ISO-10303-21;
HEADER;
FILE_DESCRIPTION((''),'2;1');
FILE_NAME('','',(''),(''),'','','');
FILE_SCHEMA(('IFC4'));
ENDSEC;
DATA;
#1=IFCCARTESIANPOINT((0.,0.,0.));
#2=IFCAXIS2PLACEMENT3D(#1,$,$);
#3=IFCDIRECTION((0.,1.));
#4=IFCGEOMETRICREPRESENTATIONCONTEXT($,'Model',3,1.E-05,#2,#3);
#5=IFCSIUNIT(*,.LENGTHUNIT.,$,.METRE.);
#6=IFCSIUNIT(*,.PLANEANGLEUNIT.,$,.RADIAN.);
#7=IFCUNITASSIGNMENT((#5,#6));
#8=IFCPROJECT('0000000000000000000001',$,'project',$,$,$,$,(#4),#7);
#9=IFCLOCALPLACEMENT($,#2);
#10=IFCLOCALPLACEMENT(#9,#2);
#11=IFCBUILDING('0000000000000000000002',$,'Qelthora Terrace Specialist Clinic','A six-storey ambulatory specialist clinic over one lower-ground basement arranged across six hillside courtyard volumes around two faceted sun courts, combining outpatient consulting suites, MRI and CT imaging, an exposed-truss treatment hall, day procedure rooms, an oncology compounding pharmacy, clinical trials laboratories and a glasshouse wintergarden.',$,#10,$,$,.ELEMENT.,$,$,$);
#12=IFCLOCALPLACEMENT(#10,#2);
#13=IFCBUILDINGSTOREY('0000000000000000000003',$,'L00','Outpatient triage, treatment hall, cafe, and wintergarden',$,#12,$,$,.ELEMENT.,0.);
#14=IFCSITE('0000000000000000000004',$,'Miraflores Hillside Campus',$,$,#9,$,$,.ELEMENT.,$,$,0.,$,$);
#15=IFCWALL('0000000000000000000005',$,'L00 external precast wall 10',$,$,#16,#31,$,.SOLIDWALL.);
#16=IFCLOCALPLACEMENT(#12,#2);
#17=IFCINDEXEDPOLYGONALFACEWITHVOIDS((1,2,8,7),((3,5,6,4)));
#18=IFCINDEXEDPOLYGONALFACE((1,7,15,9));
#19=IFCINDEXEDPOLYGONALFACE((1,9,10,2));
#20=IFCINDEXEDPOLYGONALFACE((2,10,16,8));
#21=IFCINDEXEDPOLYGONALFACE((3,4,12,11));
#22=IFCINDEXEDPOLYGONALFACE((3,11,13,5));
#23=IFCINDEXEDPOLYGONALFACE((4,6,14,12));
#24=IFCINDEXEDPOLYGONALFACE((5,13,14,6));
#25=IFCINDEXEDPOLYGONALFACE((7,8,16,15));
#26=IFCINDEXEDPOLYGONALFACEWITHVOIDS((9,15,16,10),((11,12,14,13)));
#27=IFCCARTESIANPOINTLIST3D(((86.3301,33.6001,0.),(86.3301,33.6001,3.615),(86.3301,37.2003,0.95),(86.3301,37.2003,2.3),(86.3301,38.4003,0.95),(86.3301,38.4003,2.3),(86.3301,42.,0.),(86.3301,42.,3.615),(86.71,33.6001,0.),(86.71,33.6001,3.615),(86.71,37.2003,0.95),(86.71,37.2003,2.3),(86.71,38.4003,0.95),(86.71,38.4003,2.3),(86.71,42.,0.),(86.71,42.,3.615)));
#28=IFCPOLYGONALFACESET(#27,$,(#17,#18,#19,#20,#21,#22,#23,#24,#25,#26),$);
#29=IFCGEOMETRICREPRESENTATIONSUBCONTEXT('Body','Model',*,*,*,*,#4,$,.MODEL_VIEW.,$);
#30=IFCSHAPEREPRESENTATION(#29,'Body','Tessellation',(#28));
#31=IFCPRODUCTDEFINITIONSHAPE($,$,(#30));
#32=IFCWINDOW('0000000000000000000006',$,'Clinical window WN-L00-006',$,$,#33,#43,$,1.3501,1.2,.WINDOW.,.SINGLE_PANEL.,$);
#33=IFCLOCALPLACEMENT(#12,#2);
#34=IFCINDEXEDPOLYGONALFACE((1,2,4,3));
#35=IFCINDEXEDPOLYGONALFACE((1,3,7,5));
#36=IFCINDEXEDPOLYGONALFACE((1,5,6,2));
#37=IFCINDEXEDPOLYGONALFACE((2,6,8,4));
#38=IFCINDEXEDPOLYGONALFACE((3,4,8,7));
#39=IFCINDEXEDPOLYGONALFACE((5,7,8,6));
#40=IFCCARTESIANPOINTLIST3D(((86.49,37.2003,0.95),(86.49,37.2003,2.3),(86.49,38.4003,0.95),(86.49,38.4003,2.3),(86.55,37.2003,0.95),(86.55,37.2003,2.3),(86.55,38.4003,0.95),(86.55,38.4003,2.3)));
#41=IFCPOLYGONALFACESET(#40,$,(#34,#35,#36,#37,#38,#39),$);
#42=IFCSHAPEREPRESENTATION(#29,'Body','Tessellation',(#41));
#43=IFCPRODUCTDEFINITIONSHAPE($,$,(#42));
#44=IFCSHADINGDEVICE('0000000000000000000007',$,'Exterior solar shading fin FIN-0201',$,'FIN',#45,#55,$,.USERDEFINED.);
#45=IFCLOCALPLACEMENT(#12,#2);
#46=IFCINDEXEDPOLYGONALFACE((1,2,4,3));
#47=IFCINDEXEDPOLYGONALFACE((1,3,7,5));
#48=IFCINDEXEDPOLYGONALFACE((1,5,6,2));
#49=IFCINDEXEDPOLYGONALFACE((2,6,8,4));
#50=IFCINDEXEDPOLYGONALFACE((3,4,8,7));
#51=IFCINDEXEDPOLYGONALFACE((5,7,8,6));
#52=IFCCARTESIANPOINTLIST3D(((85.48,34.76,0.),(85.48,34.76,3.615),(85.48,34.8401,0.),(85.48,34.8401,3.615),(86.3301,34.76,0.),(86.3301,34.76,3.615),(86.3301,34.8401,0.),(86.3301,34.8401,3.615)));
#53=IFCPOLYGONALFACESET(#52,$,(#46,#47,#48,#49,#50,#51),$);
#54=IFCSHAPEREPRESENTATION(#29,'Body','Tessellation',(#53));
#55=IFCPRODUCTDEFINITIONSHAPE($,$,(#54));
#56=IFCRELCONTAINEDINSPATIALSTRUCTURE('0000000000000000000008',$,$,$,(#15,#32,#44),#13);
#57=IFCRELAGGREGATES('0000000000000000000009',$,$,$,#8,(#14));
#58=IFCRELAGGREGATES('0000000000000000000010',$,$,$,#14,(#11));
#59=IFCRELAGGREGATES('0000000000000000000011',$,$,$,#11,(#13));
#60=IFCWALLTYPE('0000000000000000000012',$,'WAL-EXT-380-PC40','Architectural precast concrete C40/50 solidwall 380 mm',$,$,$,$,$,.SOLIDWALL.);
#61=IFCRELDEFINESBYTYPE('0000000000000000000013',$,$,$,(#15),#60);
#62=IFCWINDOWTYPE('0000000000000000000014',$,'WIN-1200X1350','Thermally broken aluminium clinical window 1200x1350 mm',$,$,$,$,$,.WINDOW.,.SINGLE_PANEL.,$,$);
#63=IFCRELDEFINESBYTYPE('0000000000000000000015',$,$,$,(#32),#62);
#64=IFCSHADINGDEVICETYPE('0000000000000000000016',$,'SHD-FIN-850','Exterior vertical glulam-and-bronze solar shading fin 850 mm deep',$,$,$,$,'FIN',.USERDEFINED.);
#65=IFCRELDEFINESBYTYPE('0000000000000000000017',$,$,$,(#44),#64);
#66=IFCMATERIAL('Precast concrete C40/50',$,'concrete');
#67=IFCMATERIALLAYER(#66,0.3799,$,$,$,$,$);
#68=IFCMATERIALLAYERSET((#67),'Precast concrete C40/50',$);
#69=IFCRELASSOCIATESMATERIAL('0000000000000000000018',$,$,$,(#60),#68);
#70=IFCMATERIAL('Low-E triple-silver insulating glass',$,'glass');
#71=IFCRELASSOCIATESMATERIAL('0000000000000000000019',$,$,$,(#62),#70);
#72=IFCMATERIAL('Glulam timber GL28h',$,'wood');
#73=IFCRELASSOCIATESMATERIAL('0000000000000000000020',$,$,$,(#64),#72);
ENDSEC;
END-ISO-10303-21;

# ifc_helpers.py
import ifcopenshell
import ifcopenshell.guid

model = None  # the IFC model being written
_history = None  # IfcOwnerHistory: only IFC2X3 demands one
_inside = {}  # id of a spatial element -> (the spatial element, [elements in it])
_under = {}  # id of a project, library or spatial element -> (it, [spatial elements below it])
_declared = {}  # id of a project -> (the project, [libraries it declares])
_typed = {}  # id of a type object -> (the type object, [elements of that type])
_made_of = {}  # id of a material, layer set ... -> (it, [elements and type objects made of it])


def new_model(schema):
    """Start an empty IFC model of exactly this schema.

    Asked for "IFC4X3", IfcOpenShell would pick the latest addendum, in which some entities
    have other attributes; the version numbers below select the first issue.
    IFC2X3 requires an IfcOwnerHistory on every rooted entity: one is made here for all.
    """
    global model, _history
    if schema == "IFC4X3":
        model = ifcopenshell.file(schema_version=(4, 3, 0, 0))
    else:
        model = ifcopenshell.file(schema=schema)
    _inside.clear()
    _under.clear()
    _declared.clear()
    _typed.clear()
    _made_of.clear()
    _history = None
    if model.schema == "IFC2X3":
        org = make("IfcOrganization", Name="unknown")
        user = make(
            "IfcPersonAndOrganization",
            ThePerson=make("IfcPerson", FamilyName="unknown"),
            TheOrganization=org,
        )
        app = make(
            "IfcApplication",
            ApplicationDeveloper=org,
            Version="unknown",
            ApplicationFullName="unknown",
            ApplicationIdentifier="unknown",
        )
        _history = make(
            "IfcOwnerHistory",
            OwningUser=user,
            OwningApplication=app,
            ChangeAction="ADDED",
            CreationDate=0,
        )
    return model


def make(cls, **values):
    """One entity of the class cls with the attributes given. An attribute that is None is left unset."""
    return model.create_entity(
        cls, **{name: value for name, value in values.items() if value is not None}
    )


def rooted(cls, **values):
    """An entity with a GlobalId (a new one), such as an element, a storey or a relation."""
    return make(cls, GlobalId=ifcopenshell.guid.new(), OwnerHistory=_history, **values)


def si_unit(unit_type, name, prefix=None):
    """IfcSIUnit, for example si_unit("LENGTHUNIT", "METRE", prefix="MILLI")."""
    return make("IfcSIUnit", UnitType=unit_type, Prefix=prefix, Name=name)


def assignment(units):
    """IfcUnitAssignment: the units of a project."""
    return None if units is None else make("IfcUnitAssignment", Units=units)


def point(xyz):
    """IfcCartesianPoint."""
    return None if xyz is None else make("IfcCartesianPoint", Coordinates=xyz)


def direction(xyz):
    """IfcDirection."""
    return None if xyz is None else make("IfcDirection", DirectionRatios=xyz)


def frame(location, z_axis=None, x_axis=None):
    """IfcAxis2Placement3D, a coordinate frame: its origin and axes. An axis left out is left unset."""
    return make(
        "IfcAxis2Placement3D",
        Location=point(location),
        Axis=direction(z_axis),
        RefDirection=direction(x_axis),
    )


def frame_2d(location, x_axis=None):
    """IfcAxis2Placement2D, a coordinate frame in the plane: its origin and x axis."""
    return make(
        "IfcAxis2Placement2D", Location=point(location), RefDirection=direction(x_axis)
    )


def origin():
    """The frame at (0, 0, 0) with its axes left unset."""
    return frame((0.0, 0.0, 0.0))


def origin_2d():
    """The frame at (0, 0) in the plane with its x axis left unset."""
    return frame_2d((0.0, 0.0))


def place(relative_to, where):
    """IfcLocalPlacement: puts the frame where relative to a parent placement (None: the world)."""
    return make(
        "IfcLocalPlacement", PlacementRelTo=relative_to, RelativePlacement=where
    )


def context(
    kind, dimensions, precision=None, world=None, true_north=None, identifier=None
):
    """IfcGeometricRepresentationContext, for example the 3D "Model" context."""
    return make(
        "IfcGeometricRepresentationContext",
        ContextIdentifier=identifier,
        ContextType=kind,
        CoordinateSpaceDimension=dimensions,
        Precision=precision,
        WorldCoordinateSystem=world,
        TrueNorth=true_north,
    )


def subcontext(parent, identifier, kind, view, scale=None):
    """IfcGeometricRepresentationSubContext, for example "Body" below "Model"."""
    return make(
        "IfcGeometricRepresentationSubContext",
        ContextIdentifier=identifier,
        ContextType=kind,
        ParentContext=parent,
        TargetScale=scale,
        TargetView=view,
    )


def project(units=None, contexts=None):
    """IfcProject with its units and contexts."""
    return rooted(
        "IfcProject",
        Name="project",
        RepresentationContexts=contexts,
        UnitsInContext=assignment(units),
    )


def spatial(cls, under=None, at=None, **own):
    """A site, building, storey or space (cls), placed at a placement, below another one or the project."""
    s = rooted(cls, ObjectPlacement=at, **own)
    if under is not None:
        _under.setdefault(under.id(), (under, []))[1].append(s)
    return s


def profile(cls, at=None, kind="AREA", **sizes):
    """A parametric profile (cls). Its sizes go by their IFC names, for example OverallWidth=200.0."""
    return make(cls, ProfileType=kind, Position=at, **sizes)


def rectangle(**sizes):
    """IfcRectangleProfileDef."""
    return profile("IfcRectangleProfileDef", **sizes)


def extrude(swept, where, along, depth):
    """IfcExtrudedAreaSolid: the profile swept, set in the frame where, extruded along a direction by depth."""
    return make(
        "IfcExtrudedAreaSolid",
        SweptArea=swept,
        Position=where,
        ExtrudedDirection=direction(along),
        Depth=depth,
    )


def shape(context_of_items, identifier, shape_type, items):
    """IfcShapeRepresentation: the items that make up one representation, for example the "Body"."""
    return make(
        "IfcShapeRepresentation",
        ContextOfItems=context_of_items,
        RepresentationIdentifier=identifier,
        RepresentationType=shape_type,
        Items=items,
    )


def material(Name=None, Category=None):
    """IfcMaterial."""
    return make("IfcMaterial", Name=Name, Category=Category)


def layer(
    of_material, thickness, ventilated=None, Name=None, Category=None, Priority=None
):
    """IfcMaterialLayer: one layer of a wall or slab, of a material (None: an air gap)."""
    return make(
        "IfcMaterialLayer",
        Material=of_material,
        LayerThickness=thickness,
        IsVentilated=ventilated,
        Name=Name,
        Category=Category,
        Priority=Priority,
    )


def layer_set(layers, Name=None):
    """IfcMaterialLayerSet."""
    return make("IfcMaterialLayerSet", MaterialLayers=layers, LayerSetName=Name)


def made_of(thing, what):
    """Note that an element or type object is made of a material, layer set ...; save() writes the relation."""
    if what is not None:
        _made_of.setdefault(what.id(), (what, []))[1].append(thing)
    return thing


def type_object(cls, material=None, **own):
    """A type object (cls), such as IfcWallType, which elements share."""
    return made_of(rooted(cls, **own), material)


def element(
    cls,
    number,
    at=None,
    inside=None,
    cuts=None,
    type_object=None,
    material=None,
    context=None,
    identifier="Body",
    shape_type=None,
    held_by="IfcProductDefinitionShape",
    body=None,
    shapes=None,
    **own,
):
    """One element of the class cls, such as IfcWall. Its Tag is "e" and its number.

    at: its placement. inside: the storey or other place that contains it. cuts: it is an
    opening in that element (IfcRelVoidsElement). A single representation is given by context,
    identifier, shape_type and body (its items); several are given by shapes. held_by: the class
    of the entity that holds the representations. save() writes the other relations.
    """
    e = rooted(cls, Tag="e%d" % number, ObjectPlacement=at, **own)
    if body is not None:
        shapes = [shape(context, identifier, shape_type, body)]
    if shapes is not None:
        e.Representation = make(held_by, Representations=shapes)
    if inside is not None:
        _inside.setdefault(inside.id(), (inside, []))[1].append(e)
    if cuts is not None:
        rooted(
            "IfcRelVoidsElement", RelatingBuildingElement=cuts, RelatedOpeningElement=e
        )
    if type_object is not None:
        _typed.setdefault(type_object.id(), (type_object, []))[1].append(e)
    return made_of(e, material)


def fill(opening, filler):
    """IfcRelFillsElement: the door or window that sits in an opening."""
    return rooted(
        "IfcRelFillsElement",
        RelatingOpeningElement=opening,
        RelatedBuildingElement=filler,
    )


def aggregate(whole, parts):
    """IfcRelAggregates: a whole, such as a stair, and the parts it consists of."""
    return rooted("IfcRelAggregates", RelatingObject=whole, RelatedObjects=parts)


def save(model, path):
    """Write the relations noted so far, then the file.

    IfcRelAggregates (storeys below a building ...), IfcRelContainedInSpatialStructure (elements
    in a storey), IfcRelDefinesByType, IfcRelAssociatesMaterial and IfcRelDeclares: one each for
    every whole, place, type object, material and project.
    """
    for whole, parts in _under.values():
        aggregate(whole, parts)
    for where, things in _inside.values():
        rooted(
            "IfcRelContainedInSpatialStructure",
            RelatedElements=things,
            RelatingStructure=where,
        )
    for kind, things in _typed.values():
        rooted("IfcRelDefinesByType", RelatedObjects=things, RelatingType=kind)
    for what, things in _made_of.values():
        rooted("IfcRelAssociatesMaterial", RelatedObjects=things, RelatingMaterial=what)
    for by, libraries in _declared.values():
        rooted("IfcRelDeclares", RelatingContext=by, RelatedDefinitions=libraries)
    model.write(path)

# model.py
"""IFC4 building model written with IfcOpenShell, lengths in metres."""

from ifc_helpers import new_model, si_unit, direction, frame, frame_2d, origin, origin_2d, place, context, subcontext, project, spatial, rectangle, extrude, material, layer, layer_set, type_object, element, fill, save


model = new_model("IFC4")

# Units and contexts
model_context = context("Model", 3, precision=1e-05, world=origin(), true_north=direction((0.0, 1.0)))
body_context = subcontext(model_context, "Body", "Model", "MODEL_VIEW")
ifc_project = project(units=[si_unit("LENGTHUNIT", "METRE"), si_unit("PLANEANGLEUNIT", "RADIAN")], contexts=[model_context])

# Site, building, storey
site_placement = place(None, origin())
site = spatial("IfcSite", under=ifc_project, at=site_placement, Name="Miraflores Hillside Campus", CompositionType="ELEMENT", RefElevation=0.0)
building_placement = place(site_placement, origin())
building = spatial("IfcBuilding", under=site, at=building_placement, Name="Qelthora Terrace Specialist Clinic", Description="A six-storey ambulatory specialist clinic over one lower-ground basement arranged across six hillside courtyard volumes around two faceted sun courts, combining outpatient consulting suites, MRI and CT imaging, an exposed-truss treatment hall, day procedure rooms, an oncology compounding pharmacy, clinical trials laboratories and a glasshouse wintergarden.", CompositionType="ELEMENT")
storey_placement = place(building_placement, origin())
storey = spatial("IfcBuildingStorey", under=building, at=storey_placement, Name="L00", Description="Outpatient triage, treatment hall, cafe, and wintergarden", CompositionType="ELEMENT", Elevation=0.0)

# Shared definitions
ifc_material_1 = material(Name="Low-E triple-silver insulating glass", Category="glass")

# Wall, opening, window
ifc_material_2 = material(Name="Precast concrete C40/50", Category="concrete")
ifc_layer_1 = layer(ifc_material_2, 0.3799)
ifc_layer_set_1 = layer_set([ifc_layer_1], Name="Precast concrete C40/50")
wall_type = type_object("IfcWallType", Name="WAL-EXT-380-PC40", Description="Architectural precast concrete C40/50 solidwall 380 mm", PredefinedType="SOLIDWALL", material=ifc_layer_set_1)
wall_placement = place(storey_placement, frame((86.52, 33.6001, 0.0), z_axis=(0.0, 0.0, 1.0), x_axis=(0.0, 1.0, 0.0)))
wall = element("IfcWall", 1, at=wall_placement, inside=storey, type_object=wall_type, Name="L00 external precast wall 10", PredefinedType="SOLIDWALL", context=body_context, shape_type="SweptSolid", body=[
    extrude(rectangle(XDim=8.3999, YDim=0.3799, at=frame_2d((4.2, 0.0))), origin(), (0.0, 0.0, 1.0), 3.615),
])
opening_placement = place(wall_placement, frame((3.6001, 0.0, 0.95)))
opening = element("IfcOpeningElement", 2, at=opening_placement, cuts=wall, PredefinedType="OPENING", context=body_context, shape_type="SweptSolid", body=[
    extrude(rectangle(XDim=1.2, YDim=1.3501, at=frame_2d((0.6001, 0.675))), frame((0.0, 0.2, 0.0), z_axis=(0.0, -1.0, 0.0), x_axis=(1.0, 0.0, 0.0)), (0.0, 0.0, 1.0), 0.3999),
])
window_type = type_object("IfcWindowType", Name="WIN-1200X1350", Description="Thermally broken aluminium clinical window 1200x1350 mm", PartitioningType="SINGLE_PANEL", PredefinedType="WINDOW", material=ifc_material_1)
window_placement = place(opening_placement, origin())
window = element("IfcWindow", 3, at=window_placement, inside=storey, type_object=window_type, Name="Clinical window WN-L00-006", OverallHeight=1.3501, OverallWidth=1.2, PartitioningType="SINGLE_PANEL", PredefinedType="WINDOW", context=body_context, shape_type="SweptSolid", body=[
    extrude(rectangle(XDim=1.2, YDim=1.3501, at=frame_2d((0.6001, 0.675))), frame((0.0, 0.03, 0.0), z_axis=(0.0, -1.0, 0.0), x_axis=(1.0, 0.0, 0.0)), (0.0, 0.0, 1.0), 0.0601),
])
fill(opening, window)

# Shading device
ifc_material_3 = material(Name="Glulam timber GL28h", Category="wood")
shading_device_type = type_object("IfcShadingDeviceType", Name="SHD-FIN-850", Description="Exterior vertical glulam-and-bronze solar shading fin 850 mm deep", ElementType="FIN", PredefinedType="USERDEFINED", material=ifc_material_3)
shading_device_placement = place(storey_placement, frame((85.905, 34.8, 0.0), z_axis=(0.0, 0.0, 1.0), x_axis=(-1.0, 0.0, 0.0)))
element("IfcShadingDevice", 4, at=shading_device_placement, inside=storey, type_object=shading_device_type, Name="Exterior solar shading fin FIN-0201", ObjectType="FIN", PredefinedType="USERDEFINED", context=body_context, shape_type="SweptSolid", body=[
    extrude(rectangle(XDim=0.8501, YDim=0.0801, at=origin_2d()), origin(), (0.0, 0.0, 1.0), 3.615),
])

save(model, "model.ifc")
